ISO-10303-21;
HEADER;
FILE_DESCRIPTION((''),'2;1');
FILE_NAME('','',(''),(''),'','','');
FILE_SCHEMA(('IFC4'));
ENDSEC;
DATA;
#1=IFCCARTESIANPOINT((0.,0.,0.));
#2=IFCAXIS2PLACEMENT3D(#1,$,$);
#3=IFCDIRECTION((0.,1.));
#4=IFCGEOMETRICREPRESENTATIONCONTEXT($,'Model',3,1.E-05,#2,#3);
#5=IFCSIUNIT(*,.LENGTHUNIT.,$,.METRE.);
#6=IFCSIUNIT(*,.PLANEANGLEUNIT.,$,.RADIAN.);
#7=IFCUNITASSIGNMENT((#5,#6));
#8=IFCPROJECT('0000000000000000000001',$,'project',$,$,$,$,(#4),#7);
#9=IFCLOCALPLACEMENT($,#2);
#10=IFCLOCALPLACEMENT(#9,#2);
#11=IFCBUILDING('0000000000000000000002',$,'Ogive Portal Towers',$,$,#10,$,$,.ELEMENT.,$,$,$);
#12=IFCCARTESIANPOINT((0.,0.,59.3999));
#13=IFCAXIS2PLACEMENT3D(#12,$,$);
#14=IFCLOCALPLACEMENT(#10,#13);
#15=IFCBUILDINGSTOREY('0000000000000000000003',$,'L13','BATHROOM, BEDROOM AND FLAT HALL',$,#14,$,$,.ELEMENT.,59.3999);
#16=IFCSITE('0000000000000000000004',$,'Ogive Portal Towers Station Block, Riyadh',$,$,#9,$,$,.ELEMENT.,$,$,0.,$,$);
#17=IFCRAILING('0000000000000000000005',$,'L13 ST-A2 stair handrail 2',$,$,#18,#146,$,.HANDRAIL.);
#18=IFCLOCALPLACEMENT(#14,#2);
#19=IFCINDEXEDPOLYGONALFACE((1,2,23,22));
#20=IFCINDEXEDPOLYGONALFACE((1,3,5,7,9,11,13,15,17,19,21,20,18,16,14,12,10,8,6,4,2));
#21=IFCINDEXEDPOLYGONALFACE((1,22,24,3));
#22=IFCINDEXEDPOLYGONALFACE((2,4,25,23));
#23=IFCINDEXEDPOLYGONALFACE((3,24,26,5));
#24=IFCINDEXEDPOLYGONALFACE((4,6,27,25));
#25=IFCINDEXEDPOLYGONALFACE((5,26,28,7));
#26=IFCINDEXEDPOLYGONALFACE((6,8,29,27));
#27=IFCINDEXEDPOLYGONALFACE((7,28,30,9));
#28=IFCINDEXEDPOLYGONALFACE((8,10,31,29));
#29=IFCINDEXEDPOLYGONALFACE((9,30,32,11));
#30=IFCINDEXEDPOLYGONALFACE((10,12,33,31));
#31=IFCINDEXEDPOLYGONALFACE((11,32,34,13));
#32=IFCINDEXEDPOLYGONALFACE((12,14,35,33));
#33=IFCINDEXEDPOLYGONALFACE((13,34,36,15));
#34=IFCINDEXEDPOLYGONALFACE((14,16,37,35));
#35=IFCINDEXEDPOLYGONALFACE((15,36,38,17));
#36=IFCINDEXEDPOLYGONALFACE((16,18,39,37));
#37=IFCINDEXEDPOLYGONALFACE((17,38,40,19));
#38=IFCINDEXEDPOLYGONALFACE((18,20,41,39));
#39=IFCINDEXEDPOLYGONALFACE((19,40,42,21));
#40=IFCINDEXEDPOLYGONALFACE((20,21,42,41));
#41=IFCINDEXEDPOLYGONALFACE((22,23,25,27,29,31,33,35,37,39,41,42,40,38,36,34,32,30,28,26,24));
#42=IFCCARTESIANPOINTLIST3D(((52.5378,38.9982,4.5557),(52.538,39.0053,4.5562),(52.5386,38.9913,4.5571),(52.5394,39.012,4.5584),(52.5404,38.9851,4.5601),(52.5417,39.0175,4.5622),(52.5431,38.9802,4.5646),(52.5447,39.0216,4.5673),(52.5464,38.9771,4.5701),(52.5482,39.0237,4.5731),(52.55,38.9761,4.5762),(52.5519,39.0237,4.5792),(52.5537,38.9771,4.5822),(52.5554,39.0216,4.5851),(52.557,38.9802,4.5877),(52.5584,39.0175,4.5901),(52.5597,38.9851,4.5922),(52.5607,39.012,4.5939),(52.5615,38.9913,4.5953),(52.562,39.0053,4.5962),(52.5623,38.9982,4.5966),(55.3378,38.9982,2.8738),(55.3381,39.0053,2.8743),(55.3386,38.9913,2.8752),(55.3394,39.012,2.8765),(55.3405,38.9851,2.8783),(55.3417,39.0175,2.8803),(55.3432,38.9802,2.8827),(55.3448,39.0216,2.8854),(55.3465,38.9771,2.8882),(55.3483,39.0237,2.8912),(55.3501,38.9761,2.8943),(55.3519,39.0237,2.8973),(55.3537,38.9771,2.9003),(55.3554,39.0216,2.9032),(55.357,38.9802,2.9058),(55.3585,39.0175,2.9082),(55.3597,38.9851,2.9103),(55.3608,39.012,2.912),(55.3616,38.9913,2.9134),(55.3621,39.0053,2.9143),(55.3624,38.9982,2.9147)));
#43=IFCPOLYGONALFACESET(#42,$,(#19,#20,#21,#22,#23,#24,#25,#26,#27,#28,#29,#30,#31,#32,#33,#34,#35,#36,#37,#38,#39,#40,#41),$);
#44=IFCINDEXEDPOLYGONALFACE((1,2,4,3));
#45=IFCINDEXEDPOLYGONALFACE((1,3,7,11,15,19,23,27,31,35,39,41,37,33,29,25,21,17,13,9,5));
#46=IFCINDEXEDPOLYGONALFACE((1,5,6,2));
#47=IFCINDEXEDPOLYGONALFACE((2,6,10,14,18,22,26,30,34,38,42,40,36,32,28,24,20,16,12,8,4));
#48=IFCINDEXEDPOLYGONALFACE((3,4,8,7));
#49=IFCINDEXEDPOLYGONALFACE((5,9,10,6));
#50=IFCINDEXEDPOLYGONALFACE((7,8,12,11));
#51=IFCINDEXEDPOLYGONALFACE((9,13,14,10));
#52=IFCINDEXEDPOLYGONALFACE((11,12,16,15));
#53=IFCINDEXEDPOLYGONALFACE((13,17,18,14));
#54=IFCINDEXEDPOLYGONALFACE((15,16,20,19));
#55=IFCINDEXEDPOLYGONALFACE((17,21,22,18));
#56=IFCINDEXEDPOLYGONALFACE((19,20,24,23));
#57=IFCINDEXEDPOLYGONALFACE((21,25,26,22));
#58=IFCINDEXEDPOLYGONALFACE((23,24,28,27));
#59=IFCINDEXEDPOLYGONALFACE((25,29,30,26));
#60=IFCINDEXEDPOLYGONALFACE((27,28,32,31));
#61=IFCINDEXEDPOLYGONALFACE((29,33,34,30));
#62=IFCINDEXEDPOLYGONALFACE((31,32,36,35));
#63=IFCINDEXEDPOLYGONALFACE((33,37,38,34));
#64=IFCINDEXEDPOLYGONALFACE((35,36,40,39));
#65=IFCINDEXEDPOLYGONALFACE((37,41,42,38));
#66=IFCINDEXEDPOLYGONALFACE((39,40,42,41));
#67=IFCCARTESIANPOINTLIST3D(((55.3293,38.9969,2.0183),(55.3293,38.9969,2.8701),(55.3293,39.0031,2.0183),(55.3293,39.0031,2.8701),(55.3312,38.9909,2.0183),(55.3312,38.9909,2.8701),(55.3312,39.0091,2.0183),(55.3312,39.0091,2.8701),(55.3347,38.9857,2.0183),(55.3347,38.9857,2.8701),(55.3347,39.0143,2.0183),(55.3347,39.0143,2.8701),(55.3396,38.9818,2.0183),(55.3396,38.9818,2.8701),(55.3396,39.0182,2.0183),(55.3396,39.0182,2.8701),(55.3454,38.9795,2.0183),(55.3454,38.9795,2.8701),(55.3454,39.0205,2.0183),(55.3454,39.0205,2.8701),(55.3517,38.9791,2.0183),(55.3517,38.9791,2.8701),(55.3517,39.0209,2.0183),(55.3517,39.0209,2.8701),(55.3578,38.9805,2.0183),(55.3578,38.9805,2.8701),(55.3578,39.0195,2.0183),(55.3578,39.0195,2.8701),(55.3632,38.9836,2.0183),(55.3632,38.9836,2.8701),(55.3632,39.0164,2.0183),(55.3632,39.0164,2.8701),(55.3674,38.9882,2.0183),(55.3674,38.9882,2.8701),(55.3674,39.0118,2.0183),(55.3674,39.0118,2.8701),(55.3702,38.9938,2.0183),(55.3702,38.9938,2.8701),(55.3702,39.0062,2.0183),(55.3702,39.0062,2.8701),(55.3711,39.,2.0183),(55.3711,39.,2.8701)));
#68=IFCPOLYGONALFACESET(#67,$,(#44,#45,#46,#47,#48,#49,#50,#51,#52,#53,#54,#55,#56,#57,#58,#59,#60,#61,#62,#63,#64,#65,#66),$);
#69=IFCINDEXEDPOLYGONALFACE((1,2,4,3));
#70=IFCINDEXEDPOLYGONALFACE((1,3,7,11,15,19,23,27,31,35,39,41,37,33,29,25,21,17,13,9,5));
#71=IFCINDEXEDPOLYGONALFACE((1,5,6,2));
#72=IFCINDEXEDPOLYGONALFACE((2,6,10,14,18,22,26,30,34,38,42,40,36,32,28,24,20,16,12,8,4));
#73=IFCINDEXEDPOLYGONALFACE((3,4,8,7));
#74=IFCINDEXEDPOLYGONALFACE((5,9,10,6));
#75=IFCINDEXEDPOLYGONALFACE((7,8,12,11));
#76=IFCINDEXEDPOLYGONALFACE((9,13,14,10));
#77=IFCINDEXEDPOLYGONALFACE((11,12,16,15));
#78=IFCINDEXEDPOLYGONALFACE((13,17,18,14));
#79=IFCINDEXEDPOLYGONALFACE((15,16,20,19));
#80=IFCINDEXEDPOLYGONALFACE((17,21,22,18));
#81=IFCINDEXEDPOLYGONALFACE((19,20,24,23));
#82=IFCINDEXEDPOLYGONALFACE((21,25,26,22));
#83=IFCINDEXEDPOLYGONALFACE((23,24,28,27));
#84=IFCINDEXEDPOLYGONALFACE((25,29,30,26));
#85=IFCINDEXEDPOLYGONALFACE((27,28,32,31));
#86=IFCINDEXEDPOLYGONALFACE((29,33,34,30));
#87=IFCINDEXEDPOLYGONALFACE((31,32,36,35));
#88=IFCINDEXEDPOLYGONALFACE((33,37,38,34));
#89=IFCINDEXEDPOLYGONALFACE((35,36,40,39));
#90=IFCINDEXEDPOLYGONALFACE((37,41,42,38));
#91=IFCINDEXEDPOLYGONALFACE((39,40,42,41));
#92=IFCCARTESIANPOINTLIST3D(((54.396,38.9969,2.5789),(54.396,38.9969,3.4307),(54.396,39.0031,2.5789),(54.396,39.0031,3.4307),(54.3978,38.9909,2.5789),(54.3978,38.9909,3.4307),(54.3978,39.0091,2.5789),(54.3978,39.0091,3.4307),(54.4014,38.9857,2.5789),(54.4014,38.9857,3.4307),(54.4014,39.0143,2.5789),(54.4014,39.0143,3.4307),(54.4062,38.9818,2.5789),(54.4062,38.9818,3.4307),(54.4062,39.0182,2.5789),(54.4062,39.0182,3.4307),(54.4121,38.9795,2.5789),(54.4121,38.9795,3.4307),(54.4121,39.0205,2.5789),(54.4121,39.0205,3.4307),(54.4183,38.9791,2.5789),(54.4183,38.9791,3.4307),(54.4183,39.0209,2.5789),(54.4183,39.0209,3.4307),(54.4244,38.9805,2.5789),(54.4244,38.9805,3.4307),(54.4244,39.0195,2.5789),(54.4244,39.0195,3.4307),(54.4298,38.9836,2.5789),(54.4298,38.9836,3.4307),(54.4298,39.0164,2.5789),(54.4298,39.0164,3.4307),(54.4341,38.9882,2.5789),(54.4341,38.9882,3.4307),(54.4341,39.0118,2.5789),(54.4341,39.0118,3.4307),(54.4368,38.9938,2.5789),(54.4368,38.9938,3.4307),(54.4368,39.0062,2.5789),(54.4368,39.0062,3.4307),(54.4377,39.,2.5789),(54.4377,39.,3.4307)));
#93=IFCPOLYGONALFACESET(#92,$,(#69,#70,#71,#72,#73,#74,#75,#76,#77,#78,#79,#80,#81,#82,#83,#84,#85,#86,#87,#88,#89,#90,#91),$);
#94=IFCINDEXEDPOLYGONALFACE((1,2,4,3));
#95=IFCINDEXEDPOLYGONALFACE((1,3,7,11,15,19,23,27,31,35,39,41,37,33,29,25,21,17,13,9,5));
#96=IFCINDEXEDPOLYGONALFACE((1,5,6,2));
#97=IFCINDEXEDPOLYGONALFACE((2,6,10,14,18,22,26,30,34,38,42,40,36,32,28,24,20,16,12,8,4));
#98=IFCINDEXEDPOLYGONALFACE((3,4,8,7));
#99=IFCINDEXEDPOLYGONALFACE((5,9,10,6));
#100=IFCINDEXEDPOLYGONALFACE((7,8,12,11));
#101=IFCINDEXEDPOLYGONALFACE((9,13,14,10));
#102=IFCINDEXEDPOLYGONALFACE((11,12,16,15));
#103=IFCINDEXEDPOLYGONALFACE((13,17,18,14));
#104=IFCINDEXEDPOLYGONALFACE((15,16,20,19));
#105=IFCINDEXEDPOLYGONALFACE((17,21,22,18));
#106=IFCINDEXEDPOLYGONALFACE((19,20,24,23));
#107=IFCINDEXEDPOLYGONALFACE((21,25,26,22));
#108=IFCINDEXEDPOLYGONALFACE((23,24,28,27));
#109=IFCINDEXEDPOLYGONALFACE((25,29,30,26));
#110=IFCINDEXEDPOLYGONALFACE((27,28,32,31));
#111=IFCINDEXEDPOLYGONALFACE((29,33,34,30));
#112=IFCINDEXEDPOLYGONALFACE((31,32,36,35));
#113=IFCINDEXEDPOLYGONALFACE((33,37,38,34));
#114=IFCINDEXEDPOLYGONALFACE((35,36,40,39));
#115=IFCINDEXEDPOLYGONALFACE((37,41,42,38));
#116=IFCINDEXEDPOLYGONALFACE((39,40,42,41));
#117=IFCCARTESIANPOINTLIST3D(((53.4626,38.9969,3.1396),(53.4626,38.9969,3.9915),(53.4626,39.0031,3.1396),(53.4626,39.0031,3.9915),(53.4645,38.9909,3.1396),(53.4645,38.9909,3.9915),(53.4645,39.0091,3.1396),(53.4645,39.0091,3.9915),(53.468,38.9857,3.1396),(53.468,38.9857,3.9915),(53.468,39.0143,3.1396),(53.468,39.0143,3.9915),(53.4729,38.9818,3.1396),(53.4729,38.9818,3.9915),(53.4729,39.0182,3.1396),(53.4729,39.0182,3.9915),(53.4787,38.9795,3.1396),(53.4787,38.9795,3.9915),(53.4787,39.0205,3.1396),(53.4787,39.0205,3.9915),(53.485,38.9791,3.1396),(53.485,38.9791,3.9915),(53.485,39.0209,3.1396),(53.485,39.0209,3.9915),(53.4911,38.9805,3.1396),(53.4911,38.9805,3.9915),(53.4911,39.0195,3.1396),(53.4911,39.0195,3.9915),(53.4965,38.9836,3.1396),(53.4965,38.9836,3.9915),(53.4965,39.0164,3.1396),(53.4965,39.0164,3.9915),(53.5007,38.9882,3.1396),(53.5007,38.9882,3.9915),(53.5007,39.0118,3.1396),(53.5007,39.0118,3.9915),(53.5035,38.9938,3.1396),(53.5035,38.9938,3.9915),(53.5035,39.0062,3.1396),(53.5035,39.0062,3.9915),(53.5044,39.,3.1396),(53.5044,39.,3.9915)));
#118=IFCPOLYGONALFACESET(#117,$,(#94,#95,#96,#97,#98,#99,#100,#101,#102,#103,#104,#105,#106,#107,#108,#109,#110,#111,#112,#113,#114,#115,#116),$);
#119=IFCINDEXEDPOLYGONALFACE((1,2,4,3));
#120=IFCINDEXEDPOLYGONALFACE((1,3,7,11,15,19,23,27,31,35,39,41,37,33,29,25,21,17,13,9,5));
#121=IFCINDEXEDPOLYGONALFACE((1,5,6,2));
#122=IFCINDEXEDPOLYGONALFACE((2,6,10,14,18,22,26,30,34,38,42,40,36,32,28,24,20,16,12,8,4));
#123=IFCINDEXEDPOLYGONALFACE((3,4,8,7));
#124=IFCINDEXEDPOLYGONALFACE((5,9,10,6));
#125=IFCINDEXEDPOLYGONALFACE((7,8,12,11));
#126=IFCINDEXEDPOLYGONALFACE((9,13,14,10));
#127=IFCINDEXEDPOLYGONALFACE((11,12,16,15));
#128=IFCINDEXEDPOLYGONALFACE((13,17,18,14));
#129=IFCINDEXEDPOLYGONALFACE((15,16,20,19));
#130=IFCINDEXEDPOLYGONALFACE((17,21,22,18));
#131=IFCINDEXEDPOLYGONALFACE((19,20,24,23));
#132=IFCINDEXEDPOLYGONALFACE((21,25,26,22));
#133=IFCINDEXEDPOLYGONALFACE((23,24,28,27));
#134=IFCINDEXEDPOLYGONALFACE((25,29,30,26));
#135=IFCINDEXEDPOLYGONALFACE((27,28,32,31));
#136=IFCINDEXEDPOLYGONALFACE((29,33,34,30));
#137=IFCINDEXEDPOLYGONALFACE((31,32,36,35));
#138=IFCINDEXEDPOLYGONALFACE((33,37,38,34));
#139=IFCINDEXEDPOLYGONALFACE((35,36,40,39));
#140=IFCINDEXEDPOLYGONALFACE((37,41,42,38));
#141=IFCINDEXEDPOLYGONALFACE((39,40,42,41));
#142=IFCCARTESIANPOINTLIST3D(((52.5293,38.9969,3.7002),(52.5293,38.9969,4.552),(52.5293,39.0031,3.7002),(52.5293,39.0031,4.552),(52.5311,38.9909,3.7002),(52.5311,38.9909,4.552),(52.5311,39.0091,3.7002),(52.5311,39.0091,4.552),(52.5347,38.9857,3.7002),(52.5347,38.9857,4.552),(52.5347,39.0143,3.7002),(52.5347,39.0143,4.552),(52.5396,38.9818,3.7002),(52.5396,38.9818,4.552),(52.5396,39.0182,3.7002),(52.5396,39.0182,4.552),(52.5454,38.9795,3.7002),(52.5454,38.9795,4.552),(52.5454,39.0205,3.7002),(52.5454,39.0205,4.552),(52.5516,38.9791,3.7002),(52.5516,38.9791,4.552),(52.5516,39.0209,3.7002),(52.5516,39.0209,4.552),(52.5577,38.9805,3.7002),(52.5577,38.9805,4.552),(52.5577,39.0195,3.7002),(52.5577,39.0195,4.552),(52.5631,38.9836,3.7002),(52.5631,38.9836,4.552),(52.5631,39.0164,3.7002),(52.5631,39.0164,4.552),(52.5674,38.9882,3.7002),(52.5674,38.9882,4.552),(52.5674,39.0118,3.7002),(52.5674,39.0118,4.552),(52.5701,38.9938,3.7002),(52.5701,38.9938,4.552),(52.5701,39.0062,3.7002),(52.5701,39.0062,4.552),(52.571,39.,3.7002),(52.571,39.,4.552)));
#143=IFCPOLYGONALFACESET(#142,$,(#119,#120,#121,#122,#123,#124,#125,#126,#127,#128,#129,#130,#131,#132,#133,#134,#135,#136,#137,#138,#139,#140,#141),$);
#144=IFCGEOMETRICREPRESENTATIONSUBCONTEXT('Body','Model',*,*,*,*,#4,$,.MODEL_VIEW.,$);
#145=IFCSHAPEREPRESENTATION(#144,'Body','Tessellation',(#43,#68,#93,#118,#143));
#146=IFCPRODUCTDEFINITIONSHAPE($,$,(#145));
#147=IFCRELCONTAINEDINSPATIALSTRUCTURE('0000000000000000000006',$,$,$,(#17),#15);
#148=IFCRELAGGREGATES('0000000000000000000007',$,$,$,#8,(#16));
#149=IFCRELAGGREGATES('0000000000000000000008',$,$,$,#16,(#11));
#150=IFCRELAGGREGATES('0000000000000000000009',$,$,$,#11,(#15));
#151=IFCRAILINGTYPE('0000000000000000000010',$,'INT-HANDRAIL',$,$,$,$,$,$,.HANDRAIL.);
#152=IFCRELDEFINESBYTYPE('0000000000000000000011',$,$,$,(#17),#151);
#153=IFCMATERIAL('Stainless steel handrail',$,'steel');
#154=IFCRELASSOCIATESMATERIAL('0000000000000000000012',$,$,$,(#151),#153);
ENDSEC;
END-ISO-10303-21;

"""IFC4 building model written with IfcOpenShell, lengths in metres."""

from ifc_helpers import new_model, si_unit, direction, frame, origin, origin_2d, place, context, subcontext, project, spatial, circle, extrude, material, type_object, element, save


model = new_model("IFC4")

# Units and contexts
model_context = context("Model", 3, precision=1e-05, world=origin(), true_north=direction((0.0, 1.0)))
body_context = subcontext(model_context, "Body", "Model", "MODEL_VIEW")
ifc_project = project(units=[si_unit("LENGTHUNIT", "METRE"), si_unit("PLANEANGLEUNIT", "RADIAN")], contexts=[model_context])

# Site, building, storey
site_placement = place(None, origin())
site = spatial("IfcSite", under=ifc_project, at=site_placement, Name="Ogive Portal Towers Station Block, Riyadh", CompositionType="ELEMENT", RefElevation=0.0)
building_placement = place(site_placement, origin())
building = spatial("IfcBuilding", under=site, at=building_placement, Name="Ogive Portal Towers", CompositionType="ELEMENT")
storey_placement = place(building_placement, frame((0.0, 0.0, 59.3999)))
storey = spatial("IfcBuildingStorey", under=building, at=storey_placement, Name="L13", Description="BATHROOM, BEDROOM AND FLAT HALL", CompositionType="ELEMENT", Elevation=59.3999)

# Railing
ifc_material_1 = material(Name="Stainless steel handrail", Category="steel")
railing_type_1 = type_object("IfcRailingType", Name="INT-HANDRAIL", PredefinedType="HANDRAIL", material=ifc_material_1)
railing_1_placement = place(storey_placement, frame((55.3501, 39.0, 2.0183)))
element("IfcRailing", 1, at=railing_1_placement, inside=storey, type_object=railing_type_1, Name="L13 ST-A2 stair handrail 2", PredefinedType="HANDRAIL", context=body_context, shape_type="SweptSolid", body=[
    extrude(circle(Radius=0.0239, at=origin_2d()), frame((0.0, 0.0, 0.876), z_axis=(-0.857242, 0.0, 0.514913), x_axis=(0.0, -1.0, 0.0)), (0.0, 0.0, 1.0), 3.2664),
    extrude(circle(Radius=0.021, at=origin_2d()), origin(), (0.0, 0.0, 1.0), 0.8518),
    extrude(circle(Radius=0.021, at=origin_2d()), frame((-0.9333, 0.0, 0.5605)), (0.0, 0.0, 1.0), 0.8518),
    extrude(circle(Radius=0.021, at=origin_2d()), frame((-1.8667, 0.0, 1.1213)), (0.0, 0.0, 1.0), 0.8518),
    extrude(circle(Radius=0.021, at=origin_2d()), frame((-2.8, 0.0, 1.6819)), (0.0, 0.0, 1.0), 0.8518),
])

save(model, "model.ifc")
